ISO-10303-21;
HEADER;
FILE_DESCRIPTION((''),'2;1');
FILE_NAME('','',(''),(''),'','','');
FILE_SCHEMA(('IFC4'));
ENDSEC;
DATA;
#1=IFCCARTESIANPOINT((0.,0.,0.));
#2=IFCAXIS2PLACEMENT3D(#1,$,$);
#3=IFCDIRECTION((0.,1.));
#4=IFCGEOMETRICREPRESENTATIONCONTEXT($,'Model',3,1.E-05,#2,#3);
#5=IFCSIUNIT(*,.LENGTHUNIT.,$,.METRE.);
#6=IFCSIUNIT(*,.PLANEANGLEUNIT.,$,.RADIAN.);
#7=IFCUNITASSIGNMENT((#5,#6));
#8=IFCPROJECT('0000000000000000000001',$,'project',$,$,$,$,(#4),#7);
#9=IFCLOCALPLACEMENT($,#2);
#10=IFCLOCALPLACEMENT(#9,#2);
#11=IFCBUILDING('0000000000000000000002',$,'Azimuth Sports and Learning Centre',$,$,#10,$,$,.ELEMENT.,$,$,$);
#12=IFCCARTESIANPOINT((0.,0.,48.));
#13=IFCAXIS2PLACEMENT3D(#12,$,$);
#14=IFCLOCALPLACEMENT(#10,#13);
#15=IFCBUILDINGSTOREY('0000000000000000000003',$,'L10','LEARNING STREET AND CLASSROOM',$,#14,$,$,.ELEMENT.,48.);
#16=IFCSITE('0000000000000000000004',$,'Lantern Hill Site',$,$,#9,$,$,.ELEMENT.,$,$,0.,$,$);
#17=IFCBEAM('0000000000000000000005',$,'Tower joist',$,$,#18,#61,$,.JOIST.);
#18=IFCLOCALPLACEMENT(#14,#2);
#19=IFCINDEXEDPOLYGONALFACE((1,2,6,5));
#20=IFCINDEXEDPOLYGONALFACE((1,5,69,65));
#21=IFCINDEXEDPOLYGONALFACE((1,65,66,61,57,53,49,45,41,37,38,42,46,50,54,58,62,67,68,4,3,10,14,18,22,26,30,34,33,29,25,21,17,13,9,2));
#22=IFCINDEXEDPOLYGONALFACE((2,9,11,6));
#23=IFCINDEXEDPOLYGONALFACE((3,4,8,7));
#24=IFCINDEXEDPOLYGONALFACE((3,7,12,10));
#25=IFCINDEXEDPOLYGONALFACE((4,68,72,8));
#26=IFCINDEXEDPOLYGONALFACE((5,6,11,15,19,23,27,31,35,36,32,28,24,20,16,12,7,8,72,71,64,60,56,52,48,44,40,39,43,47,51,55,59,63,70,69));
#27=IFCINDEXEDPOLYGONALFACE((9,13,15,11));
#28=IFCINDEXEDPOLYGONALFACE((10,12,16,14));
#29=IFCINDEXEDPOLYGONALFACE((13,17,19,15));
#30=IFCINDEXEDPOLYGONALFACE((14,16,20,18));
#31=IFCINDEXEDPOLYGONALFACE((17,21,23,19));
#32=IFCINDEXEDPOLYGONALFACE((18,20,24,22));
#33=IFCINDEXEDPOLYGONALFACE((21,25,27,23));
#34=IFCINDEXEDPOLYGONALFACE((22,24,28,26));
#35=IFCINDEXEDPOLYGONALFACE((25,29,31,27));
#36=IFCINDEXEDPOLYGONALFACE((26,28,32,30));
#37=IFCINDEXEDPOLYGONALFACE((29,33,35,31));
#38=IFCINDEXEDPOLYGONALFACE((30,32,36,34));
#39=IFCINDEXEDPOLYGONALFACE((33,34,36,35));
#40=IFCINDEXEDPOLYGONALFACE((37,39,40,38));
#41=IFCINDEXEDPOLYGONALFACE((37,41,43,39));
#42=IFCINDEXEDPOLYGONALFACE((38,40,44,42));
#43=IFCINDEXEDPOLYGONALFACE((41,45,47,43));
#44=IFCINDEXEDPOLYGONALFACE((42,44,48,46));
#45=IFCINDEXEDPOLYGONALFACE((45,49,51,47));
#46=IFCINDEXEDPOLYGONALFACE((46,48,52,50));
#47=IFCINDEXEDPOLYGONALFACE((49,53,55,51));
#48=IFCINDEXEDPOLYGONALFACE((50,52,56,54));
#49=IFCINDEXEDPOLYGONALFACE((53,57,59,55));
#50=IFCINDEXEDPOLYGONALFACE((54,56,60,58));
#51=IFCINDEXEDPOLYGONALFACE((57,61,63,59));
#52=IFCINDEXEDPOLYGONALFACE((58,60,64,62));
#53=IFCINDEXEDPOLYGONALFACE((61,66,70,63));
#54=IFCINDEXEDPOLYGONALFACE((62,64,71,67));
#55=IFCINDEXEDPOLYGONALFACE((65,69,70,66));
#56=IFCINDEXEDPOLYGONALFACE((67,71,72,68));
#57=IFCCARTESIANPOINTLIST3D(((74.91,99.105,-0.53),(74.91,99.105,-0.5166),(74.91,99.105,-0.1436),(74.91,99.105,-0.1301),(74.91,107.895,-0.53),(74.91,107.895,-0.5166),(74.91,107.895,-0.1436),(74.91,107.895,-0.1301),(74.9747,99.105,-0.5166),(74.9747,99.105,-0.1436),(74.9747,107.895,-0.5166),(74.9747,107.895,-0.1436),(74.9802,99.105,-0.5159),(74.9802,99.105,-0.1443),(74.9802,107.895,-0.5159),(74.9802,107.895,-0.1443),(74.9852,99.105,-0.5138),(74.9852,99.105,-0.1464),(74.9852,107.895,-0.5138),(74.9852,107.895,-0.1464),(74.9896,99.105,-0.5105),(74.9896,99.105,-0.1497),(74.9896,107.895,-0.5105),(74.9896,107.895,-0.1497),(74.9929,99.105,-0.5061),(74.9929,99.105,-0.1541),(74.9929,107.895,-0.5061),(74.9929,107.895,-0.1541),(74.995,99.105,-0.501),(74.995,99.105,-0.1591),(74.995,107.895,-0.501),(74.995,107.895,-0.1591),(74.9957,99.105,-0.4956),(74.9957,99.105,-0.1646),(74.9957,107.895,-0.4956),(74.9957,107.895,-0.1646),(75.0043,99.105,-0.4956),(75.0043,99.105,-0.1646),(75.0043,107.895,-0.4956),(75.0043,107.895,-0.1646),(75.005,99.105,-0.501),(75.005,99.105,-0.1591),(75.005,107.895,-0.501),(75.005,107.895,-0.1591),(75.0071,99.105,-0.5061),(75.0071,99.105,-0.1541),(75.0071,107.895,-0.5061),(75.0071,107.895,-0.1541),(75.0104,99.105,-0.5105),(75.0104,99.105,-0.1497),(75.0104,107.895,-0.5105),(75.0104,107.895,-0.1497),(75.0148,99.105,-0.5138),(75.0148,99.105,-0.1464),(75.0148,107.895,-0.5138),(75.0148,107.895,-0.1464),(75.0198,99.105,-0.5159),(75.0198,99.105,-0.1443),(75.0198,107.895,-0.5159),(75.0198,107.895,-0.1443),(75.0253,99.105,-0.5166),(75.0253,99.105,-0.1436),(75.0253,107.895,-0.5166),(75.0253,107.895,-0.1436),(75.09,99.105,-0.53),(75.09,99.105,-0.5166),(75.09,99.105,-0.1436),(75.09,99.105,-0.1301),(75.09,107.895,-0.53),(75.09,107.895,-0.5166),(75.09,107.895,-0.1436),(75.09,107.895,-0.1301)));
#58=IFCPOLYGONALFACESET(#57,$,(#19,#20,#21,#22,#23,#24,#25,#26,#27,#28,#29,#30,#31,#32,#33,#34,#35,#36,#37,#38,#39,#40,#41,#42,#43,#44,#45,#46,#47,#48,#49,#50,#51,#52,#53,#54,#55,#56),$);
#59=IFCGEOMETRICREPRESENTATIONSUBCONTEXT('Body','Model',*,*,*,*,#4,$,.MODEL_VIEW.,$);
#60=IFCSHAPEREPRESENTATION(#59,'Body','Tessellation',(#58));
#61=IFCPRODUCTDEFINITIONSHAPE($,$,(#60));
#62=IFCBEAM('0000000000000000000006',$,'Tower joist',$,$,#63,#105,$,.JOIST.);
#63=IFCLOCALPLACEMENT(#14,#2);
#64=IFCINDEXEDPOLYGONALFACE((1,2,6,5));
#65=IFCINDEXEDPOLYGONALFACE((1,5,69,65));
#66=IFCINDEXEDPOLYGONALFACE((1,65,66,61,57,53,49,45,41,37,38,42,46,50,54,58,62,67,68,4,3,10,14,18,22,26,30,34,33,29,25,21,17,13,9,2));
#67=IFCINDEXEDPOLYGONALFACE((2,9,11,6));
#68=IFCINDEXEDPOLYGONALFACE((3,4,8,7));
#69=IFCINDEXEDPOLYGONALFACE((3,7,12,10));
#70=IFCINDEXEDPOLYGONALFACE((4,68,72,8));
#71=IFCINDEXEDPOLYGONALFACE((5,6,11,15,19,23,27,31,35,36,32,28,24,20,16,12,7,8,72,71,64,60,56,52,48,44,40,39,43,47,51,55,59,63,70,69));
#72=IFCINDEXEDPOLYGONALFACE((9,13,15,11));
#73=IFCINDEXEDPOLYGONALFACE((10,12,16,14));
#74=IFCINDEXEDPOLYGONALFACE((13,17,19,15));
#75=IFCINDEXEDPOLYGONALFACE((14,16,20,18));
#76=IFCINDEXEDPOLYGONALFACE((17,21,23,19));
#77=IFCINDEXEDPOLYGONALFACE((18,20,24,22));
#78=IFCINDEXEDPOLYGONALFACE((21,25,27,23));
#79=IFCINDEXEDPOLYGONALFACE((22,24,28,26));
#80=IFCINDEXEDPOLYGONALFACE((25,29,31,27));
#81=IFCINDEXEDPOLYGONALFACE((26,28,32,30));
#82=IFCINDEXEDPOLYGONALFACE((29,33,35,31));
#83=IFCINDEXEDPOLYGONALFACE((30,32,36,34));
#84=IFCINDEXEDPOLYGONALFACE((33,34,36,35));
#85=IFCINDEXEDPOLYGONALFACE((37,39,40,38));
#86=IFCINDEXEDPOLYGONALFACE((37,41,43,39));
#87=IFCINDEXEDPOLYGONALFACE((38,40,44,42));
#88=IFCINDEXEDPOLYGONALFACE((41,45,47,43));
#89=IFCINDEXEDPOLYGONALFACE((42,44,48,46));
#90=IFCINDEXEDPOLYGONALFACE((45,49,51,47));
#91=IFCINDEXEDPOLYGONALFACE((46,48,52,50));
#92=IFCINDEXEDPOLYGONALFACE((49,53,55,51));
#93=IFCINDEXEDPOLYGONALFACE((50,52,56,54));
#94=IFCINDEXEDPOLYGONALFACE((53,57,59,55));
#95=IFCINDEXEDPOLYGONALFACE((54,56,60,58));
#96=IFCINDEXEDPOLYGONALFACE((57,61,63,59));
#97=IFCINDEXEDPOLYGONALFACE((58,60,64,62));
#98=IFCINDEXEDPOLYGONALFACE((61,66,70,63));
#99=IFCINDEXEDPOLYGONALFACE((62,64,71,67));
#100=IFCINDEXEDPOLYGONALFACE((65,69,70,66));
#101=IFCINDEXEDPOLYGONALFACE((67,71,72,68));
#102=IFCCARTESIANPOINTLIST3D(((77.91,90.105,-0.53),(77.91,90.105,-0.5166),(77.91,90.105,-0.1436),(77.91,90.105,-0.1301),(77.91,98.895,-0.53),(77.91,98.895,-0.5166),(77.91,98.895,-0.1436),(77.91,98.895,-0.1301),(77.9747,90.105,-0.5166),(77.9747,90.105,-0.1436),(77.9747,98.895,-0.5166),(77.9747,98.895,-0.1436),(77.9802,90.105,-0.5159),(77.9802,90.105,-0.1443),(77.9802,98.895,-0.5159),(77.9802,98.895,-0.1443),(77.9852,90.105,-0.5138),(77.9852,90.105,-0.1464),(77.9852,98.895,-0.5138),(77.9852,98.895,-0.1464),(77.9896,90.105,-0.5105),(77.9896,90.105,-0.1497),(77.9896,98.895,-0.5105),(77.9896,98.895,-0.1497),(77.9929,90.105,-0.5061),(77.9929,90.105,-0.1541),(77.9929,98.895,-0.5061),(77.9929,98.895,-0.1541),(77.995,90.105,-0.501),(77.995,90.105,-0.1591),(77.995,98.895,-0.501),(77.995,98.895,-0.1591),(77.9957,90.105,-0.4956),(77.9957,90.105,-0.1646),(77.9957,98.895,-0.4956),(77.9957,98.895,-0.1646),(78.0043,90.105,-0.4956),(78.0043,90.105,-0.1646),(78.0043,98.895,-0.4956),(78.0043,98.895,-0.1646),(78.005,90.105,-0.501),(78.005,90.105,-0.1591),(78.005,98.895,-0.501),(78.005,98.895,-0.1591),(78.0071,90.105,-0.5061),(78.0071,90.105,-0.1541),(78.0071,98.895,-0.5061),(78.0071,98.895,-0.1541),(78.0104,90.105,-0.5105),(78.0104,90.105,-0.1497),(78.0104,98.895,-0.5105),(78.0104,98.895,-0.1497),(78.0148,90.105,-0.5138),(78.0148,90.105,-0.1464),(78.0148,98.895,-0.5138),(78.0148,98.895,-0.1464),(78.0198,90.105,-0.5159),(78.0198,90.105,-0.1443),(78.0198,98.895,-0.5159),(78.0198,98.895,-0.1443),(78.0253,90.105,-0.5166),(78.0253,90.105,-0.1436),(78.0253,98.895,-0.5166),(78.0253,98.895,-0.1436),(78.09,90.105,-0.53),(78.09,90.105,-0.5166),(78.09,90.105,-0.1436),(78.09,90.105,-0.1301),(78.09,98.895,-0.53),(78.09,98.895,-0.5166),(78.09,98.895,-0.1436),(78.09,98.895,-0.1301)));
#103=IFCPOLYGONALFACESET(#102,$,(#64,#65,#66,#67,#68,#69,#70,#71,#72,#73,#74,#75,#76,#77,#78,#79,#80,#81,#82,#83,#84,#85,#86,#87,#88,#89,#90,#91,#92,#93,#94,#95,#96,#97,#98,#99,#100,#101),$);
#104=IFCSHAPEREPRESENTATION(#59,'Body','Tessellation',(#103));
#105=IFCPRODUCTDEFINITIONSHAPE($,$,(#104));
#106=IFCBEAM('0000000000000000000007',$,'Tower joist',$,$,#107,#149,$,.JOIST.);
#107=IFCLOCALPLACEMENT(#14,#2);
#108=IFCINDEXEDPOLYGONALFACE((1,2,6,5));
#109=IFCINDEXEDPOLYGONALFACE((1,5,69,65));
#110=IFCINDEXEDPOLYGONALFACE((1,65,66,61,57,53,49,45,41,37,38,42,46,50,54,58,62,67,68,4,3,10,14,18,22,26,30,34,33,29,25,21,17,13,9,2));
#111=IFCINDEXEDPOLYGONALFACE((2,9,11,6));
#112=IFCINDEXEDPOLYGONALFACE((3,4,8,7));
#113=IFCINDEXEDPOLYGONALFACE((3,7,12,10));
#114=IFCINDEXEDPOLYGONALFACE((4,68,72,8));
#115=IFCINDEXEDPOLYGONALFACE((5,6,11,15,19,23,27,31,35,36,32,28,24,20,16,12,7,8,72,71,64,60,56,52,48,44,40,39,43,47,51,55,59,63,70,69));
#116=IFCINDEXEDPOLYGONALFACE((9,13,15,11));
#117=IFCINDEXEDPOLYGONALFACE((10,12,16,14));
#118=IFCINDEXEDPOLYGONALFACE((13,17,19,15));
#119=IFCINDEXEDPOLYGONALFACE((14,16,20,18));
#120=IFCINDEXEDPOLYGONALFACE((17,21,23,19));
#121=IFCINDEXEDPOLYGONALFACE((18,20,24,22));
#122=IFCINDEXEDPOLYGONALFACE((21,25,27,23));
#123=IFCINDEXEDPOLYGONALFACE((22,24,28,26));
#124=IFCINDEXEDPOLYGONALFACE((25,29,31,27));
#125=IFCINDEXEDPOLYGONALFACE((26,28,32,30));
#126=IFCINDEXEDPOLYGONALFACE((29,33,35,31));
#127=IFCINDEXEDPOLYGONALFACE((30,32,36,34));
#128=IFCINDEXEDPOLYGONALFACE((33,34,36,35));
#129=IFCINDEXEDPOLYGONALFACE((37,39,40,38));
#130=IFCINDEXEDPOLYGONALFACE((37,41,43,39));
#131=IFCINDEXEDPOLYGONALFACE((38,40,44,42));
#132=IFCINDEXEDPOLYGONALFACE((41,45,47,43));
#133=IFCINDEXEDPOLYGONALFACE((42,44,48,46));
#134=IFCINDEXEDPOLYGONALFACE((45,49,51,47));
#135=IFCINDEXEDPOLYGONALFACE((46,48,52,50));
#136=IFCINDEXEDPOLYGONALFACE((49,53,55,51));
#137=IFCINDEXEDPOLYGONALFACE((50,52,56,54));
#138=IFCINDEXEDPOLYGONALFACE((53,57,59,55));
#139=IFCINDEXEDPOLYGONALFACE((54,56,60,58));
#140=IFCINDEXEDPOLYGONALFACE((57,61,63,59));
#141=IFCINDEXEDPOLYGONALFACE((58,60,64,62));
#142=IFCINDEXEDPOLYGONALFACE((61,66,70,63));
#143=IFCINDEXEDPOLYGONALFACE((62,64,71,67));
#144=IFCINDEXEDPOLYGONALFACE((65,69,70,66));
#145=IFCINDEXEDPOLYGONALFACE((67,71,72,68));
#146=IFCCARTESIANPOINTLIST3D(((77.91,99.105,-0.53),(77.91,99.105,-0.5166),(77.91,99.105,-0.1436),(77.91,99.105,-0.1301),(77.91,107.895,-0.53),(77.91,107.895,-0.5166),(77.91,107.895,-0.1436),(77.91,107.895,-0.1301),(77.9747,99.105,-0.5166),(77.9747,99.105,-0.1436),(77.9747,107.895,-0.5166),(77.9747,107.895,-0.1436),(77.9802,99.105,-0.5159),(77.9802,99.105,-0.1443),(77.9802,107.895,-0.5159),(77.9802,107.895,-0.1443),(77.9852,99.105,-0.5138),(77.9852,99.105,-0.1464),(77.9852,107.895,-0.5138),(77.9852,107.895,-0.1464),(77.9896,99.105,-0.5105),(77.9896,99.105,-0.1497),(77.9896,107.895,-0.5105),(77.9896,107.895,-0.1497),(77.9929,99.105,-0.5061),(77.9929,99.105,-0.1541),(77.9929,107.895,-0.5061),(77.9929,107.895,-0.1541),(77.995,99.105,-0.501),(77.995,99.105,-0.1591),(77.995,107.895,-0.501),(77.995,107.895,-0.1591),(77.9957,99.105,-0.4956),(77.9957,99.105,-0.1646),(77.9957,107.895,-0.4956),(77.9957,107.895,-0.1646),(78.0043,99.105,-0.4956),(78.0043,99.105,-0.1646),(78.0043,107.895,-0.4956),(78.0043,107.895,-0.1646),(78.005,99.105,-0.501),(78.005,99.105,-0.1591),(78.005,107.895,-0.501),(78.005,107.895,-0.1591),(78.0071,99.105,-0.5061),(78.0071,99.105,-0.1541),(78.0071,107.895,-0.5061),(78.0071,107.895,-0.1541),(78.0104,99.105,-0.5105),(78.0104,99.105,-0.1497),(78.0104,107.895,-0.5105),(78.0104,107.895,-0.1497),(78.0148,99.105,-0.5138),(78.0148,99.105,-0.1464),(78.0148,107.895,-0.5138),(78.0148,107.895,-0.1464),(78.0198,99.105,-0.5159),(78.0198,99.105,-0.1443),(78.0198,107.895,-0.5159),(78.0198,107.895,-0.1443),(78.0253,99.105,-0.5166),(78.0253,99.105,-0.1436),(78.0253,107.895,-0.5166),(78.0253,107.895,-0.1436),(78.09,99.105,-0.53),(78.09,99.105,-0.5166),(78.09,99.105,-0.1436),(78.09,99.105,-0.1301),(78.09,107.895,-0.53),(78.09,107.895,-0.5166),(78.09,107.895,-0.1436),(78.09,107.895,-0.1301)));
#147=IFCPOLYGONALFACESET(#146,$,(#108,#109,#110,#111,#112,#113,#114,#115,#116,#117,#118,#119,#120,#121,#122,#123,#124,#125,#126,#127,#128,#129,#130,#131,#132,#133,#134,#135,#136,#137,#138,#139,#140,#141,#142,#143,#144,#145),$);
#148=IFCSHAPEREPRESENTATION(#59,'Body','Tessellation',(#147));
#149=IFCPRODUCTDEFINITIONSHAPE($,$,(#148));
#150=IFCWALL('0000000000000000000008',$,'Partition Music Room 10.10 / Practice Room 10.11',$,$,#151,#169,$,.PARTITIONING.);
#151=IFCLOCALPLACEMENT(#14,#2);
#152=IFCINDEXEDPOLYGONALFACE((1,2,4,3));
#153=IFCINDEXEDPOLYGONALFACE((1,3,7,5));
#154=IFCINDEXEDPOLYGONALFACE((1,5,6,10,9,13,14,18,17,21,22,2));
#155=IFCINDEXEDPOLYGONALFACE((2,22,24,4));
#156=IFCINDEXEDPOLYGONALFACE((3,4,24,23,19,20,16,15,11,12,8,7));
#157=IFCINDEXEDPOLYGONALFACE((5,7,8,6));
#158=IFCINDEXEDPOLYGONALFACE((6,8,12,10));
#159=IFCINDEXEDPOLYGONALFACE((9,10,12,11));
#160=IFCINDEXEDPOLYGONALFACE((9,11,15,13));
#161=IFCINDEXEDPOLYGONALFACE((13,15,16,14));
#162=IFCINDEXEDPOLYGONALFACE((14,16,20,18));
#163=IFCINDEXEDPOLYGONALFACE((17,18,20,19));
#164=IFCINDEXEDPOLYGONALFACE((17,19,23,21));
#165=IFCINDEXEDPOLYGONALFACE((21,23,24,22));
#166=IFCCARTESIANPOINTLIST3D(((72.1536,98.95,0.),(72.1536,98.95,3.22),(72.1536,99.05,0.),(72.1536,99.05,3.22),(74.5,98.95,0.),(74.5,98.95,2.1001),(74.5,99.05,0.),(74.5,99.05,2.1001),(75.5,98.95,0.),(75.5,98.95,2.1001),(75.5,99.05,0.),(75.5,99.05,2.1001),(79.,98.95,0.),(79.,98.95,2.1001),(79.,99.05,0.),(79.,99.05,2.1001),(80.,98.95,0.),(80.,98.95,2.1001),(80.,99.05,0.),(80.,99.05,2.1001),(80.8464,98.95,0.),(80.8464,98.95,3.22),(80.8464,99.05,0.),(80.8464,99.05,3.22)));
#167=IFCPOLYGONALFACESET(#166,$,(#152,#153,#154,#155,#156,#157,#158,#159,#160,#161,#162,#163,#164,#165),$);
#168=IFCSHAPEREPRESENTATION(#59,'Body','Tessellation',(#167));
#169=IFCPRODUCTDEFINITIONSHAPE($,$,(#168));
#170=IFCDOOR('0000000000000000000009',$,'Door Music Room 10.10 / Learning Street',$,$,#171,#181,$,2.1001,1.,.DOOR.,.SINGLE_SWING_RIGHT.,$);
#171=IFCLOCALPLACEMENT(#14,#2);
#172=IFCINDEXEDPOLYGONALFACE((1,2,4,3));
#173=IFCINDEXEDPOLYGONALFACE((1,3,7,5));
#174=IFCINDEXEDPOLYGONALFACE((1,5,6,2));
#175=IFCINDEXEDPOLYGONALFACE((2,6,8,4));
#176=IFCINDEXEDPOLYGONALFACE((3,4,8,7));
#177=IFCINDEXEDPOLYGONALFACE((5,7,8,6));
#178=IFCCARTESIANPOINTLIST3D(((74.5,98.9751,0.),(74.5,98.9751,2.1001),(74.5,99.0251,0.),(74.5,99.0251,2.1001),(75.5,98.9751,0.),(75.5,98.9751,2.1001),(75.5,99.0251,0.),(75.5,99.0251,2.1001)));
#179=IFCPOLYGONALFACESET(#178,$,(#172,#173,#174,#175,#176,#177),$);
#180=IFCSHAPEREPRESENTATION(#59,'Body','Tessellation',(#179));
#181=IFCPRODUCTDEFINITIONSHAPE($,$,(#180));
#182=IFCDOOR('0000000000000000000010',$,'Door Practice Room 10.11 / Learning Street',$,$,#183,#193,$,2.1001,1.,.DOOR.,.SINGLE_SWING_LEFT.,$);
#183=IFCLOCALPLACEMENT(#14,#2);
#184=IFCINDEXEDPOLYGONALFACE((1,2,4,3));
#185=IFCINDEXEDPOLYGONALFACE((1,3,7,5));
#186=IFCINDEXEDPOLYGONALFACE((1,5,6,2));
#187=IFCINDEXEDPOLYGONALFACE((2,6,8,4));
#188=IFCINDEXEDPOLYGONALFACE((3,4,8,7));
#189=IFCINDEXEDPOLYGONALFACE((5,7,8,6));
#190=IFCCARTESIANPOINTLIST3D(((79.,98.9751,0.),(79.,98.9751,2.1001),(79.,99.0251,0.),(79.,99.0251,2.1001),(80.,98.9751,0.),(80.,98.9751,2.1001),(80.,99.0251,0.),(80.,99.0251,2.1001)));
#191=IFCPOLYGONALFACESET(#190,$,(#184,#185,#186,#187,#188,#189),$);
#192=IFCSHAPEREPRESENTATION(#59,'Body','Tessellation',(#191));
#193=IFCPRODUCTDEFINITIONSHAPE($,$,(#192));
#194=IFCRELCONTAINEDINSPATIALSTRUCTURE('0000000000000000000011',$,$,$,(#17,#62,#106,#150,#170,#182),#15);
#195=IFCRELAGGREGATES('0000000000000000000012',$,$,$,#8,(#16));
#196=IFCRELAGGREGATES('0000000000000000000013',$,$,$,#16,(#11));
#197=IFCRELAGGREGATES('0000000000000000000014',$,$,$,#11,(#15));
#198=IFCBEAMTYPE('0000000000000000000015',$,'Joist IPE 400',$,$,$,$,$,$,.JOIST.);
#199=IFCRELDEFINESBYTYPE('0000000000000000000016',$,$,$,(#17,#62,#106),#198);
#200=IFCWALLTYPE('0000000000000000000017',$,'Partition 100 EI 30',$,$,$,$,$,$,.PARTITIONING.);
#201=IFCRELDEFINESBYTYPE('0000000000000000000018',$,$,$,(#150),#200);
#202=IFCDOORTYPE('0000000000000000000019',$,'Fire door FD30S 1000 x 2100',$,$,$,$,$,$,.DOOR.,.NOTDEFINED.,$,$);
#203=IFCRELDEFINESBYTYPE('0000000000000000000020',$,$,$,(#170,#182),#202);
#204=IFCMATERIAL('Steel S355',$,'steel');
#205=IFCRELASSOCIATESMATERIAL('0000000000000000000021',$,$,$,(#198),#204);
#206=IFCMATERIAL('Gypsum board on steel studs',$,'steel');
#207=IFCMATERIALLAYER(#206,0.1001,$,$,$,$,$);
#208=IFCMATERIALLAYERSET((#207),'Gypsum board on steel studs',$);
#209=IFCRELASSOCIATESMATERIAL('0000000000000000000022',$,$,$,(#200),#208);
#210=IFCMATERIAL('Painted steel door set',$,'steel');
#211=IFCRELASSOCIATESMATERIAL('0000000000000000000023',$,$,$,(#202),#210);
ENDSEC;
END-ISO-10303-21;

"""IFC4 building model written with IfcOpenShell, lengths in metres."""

from ifc_helpers import new_model, si_unit, direction, frame, frame_2d, origin, origin_2d, place, context, subcontext, project, spatial, rectangle, i_section, extrude, material, layer, layer_set, material_profile, profile_set, type_object, element, fill, save


model = new_model("IFC4")

# Units and contexts
model_context = context("Model", 3, precision=1e-05, world=origin(), true_north=direction((0.0, 1.0)))
body_context = subcontext(model_context, "Body", "Model", "MODEL_VIEW")
ifc_project = project(units=[si_unit("LENGTHUNIT", "METRE"), si_unit("PLANEANGLEUNIT", "RADIAN")], contexts=[model_context])

# Site, building, storey
site_placement = place(None, origin())
site = spatial("IfcSite", under=ifc_project, at=site_placement, Name="Lantern Hill Site", CompositionType="ELEMENT", RefElevation=0.0)
building_placement = place(site_placement, origin())
building = spatial("IfcBuilding", under=site, at=building_placement, Name="Azimuth Sports and Learning Centre", CompositionType="ELEMENT")
storey_placement = place(building_placement, frame((0.0, 0.0, 48.0)))
storey = spatial("IfcBuildingStorey", under=building, at=storey_placement, Name="L10", Description="LEARNING STREET AND CLASSROOM", CompositionType="ELEMENT", Elevation=48.0)

# Beams
ifc_material_1 = material(Name="Steel S355", Category="steel")
ifc_material_profile_1 = material_profile(ifc_material_1, i_section(OverallWidth=0.1799, OverallDepth=0.3999, WebThickness=0.0085, FlangeThickness=0.0134, FilletRadius=0.021, at=origin_2d()), Name="IPE 400")
ifc_profile_set_1 = profile_set([ifc_material_profile_1], Name="Steel S355")
beam_type_1 = type_object("IfcBeamType", Name="Joist IPE 400", PredefinedType="JOIST", material=ifc_profile_set_1)
for number, where, z_axis, x_axis, name in (
    (1, (75.0, 99.105, -0.3301), (0.0, 1.0, 0.0), (-1.0, 0.0, 0.0), "Tower joist"),
    (2, (78.0, 90.105, -0.3301), (0.0, 1.0, 0.0), (-1.0, 0.0, 0.0), "Tower joist"),
    (3, (78.0, 99.105, -0.3301), (0.0, 1.0, 0.0), (-1.0, 0.0, 0.0), "Tower joist"),
):
    element("IfcBeam", number, at=place(storey_placement, frame(where, z_axis=z_axis, x_axis=x_axis)), inside=storey, type_object=beam_type_1, Name=name, PredefinedType="JOIST", context=body_context, shape_type="SweptSolid", body=[
        extrude(i_section(OverallWidth=0.1799, OverallDepth=0.3999, WebThickness=0.0085, FlangeThickness=0.0134, FilletRadius=0.021, at=origin_2d()), origin(), (0.0, 0.0, 1.0), 8.79),
    ])

# Wall, openings, doors
ifc_material_2 = material(Name="Gypsum board on steel studs", Category="steel")
ifc_layer_1 = layer(ifc_material_2, 0.1001)
ifc_layer_set_1 = layer_set([ifc_layer_1], Name="Gypsum board on steel studs")
wall_type_1 = type_object("IfcWallType", Name="Partition 100 EI 30", PredefinedType="PARTITIONING", material=ifc_layer_set_1)
wall_1_placement = place(storey_placement, frame((72.1536, 99.0, 0.0), z_axis=(0.0, 0.0, 1.0), x_axis=(1.0, 0.0, 0.0)))
wall_1 = element("IfcWall", 4, at=wall_1_placement, inside=storey, type_object=wall_type_1, Name="Partition Music Room 10.10 / Practice Room 10.11", PredefinedType="PARTITIONING", context=body_context, shape_type="SweptSolid", body=[
    extrude(rectangle(XDim=8.6929, YDim=0.1001, at=frame_2d((4.3464, 0.0))), origin(), (0.0, 0.0, 1.0), 3.22),
])
opening_1_placement = place(wall_1_placement, frame((2.3464, 0.0, 0.0)))
opening_1 = element("IfcOpeningElement", 5, at=opening_1_placement, cuts=wall_1, PredefinedType="OPENING", context=body_context, shape_type="SweptSolid", body=[
    extrude(rectangle(XDim=1.0, YDim=2.1001, at=frame_2d((0.5, 1.05))), frame((0.0, 0.061, 0.0), z_axis=(0.0, -1.0, 0.0), x_axis=(1.0, 0.0, 0.0)), (0.0, 0.0, 1.0), 0.1221),
])
opening_2_placement = place(wall_1_placement, frame((6.8464, 0.0, 0.0)))
opening_2 = element("IfcOpeningElement", 6, at=opening_2_placement, cuts=wall_1, PredefinedType="OPENING", context=body_context, shape_type="SweptSolid", body=[
    extrude(rectangle(XDim=1.0, YDim=2.1001, at=frame_2d((0.5, 1.05))), frame((0.0, 0.061, 0.0), z_axis=(0.0, -1.0, 0.0), x_axis=(1.0, 0.0, 0.0)), (0.0, 0.0, 1.0), 0.1221),
])
ifc_material_3 = material(Name="Painted steel door set", Category="steel")
door_type_1 = type_object("IfcDoorType", Name="Fire door FD30S 1000 x 2100", OperationType="NOTDEFINED", PredefinedType="DOOR", material=ifc_material_3)
door_1_placement = place(opening_1_placement, frame((1.0, 0.0, 0.0), z_axis=(0.0, 0.0, 1.0), x_axis=(-1.0, 0.0, 0.0)))
door_1 = element("IfcDoor", 7, at=door_1_placement, inside=storey, type_object=door_type_1, Name="Door Music Room 10.10 / Learning Street", OperationType="SINGLE_SWING_RIGHT", OverallHeight=2.1001, OverallWidth=1.0, PredefinedType="DOOR", context=body_context, shape_type="SweptSolid", body=[
    extrude(rectangle(XDim=1.0, YDim=2.1001, at=frame_2d((0.5, 1.05))), frame((0.0, 0.0249, 0.0), z_axis=(0.0, -1.0, 0.0), x_axis=(1.0, 0.0, 0.0)), (0.0, 0.0, 1.0), 0.05),
])
fill(opening_1, door_1)
door_2_placement = place(opening_2_placement, frame((1.0, 0.0, 0.0), z_axis=(0.0, 0.0, 1.0), x_axis=(-1.0, 0.0, 0.0)))
door_2 = element("IfcDoor", 8, at=door_2_placement, inside=storey, type_object=door_type_1, Name="Door Practice Room 10.11 / Learning Street", OperationType="SINGLE_SWING_LEFT", OverallHeight=2.1001, OverallWidth=1.0, PredefinedType="DOOR", context=body_context, shape_type="SweptSolid", body=[
    extrude(rectangle(XDim=1.0, YDim=2.1001, at=frame_2d((0.5, 1.05))), frame((0.0, 0.0249, 0.0), z_axis=(0.0, -1.0, 0.0), x_axis=(1.0, 0.0, 0.0)), (0.0, 0.0, 1.0), 0.05),
])
fill(opening_2, door_2)

save(model, "model.ifc")
